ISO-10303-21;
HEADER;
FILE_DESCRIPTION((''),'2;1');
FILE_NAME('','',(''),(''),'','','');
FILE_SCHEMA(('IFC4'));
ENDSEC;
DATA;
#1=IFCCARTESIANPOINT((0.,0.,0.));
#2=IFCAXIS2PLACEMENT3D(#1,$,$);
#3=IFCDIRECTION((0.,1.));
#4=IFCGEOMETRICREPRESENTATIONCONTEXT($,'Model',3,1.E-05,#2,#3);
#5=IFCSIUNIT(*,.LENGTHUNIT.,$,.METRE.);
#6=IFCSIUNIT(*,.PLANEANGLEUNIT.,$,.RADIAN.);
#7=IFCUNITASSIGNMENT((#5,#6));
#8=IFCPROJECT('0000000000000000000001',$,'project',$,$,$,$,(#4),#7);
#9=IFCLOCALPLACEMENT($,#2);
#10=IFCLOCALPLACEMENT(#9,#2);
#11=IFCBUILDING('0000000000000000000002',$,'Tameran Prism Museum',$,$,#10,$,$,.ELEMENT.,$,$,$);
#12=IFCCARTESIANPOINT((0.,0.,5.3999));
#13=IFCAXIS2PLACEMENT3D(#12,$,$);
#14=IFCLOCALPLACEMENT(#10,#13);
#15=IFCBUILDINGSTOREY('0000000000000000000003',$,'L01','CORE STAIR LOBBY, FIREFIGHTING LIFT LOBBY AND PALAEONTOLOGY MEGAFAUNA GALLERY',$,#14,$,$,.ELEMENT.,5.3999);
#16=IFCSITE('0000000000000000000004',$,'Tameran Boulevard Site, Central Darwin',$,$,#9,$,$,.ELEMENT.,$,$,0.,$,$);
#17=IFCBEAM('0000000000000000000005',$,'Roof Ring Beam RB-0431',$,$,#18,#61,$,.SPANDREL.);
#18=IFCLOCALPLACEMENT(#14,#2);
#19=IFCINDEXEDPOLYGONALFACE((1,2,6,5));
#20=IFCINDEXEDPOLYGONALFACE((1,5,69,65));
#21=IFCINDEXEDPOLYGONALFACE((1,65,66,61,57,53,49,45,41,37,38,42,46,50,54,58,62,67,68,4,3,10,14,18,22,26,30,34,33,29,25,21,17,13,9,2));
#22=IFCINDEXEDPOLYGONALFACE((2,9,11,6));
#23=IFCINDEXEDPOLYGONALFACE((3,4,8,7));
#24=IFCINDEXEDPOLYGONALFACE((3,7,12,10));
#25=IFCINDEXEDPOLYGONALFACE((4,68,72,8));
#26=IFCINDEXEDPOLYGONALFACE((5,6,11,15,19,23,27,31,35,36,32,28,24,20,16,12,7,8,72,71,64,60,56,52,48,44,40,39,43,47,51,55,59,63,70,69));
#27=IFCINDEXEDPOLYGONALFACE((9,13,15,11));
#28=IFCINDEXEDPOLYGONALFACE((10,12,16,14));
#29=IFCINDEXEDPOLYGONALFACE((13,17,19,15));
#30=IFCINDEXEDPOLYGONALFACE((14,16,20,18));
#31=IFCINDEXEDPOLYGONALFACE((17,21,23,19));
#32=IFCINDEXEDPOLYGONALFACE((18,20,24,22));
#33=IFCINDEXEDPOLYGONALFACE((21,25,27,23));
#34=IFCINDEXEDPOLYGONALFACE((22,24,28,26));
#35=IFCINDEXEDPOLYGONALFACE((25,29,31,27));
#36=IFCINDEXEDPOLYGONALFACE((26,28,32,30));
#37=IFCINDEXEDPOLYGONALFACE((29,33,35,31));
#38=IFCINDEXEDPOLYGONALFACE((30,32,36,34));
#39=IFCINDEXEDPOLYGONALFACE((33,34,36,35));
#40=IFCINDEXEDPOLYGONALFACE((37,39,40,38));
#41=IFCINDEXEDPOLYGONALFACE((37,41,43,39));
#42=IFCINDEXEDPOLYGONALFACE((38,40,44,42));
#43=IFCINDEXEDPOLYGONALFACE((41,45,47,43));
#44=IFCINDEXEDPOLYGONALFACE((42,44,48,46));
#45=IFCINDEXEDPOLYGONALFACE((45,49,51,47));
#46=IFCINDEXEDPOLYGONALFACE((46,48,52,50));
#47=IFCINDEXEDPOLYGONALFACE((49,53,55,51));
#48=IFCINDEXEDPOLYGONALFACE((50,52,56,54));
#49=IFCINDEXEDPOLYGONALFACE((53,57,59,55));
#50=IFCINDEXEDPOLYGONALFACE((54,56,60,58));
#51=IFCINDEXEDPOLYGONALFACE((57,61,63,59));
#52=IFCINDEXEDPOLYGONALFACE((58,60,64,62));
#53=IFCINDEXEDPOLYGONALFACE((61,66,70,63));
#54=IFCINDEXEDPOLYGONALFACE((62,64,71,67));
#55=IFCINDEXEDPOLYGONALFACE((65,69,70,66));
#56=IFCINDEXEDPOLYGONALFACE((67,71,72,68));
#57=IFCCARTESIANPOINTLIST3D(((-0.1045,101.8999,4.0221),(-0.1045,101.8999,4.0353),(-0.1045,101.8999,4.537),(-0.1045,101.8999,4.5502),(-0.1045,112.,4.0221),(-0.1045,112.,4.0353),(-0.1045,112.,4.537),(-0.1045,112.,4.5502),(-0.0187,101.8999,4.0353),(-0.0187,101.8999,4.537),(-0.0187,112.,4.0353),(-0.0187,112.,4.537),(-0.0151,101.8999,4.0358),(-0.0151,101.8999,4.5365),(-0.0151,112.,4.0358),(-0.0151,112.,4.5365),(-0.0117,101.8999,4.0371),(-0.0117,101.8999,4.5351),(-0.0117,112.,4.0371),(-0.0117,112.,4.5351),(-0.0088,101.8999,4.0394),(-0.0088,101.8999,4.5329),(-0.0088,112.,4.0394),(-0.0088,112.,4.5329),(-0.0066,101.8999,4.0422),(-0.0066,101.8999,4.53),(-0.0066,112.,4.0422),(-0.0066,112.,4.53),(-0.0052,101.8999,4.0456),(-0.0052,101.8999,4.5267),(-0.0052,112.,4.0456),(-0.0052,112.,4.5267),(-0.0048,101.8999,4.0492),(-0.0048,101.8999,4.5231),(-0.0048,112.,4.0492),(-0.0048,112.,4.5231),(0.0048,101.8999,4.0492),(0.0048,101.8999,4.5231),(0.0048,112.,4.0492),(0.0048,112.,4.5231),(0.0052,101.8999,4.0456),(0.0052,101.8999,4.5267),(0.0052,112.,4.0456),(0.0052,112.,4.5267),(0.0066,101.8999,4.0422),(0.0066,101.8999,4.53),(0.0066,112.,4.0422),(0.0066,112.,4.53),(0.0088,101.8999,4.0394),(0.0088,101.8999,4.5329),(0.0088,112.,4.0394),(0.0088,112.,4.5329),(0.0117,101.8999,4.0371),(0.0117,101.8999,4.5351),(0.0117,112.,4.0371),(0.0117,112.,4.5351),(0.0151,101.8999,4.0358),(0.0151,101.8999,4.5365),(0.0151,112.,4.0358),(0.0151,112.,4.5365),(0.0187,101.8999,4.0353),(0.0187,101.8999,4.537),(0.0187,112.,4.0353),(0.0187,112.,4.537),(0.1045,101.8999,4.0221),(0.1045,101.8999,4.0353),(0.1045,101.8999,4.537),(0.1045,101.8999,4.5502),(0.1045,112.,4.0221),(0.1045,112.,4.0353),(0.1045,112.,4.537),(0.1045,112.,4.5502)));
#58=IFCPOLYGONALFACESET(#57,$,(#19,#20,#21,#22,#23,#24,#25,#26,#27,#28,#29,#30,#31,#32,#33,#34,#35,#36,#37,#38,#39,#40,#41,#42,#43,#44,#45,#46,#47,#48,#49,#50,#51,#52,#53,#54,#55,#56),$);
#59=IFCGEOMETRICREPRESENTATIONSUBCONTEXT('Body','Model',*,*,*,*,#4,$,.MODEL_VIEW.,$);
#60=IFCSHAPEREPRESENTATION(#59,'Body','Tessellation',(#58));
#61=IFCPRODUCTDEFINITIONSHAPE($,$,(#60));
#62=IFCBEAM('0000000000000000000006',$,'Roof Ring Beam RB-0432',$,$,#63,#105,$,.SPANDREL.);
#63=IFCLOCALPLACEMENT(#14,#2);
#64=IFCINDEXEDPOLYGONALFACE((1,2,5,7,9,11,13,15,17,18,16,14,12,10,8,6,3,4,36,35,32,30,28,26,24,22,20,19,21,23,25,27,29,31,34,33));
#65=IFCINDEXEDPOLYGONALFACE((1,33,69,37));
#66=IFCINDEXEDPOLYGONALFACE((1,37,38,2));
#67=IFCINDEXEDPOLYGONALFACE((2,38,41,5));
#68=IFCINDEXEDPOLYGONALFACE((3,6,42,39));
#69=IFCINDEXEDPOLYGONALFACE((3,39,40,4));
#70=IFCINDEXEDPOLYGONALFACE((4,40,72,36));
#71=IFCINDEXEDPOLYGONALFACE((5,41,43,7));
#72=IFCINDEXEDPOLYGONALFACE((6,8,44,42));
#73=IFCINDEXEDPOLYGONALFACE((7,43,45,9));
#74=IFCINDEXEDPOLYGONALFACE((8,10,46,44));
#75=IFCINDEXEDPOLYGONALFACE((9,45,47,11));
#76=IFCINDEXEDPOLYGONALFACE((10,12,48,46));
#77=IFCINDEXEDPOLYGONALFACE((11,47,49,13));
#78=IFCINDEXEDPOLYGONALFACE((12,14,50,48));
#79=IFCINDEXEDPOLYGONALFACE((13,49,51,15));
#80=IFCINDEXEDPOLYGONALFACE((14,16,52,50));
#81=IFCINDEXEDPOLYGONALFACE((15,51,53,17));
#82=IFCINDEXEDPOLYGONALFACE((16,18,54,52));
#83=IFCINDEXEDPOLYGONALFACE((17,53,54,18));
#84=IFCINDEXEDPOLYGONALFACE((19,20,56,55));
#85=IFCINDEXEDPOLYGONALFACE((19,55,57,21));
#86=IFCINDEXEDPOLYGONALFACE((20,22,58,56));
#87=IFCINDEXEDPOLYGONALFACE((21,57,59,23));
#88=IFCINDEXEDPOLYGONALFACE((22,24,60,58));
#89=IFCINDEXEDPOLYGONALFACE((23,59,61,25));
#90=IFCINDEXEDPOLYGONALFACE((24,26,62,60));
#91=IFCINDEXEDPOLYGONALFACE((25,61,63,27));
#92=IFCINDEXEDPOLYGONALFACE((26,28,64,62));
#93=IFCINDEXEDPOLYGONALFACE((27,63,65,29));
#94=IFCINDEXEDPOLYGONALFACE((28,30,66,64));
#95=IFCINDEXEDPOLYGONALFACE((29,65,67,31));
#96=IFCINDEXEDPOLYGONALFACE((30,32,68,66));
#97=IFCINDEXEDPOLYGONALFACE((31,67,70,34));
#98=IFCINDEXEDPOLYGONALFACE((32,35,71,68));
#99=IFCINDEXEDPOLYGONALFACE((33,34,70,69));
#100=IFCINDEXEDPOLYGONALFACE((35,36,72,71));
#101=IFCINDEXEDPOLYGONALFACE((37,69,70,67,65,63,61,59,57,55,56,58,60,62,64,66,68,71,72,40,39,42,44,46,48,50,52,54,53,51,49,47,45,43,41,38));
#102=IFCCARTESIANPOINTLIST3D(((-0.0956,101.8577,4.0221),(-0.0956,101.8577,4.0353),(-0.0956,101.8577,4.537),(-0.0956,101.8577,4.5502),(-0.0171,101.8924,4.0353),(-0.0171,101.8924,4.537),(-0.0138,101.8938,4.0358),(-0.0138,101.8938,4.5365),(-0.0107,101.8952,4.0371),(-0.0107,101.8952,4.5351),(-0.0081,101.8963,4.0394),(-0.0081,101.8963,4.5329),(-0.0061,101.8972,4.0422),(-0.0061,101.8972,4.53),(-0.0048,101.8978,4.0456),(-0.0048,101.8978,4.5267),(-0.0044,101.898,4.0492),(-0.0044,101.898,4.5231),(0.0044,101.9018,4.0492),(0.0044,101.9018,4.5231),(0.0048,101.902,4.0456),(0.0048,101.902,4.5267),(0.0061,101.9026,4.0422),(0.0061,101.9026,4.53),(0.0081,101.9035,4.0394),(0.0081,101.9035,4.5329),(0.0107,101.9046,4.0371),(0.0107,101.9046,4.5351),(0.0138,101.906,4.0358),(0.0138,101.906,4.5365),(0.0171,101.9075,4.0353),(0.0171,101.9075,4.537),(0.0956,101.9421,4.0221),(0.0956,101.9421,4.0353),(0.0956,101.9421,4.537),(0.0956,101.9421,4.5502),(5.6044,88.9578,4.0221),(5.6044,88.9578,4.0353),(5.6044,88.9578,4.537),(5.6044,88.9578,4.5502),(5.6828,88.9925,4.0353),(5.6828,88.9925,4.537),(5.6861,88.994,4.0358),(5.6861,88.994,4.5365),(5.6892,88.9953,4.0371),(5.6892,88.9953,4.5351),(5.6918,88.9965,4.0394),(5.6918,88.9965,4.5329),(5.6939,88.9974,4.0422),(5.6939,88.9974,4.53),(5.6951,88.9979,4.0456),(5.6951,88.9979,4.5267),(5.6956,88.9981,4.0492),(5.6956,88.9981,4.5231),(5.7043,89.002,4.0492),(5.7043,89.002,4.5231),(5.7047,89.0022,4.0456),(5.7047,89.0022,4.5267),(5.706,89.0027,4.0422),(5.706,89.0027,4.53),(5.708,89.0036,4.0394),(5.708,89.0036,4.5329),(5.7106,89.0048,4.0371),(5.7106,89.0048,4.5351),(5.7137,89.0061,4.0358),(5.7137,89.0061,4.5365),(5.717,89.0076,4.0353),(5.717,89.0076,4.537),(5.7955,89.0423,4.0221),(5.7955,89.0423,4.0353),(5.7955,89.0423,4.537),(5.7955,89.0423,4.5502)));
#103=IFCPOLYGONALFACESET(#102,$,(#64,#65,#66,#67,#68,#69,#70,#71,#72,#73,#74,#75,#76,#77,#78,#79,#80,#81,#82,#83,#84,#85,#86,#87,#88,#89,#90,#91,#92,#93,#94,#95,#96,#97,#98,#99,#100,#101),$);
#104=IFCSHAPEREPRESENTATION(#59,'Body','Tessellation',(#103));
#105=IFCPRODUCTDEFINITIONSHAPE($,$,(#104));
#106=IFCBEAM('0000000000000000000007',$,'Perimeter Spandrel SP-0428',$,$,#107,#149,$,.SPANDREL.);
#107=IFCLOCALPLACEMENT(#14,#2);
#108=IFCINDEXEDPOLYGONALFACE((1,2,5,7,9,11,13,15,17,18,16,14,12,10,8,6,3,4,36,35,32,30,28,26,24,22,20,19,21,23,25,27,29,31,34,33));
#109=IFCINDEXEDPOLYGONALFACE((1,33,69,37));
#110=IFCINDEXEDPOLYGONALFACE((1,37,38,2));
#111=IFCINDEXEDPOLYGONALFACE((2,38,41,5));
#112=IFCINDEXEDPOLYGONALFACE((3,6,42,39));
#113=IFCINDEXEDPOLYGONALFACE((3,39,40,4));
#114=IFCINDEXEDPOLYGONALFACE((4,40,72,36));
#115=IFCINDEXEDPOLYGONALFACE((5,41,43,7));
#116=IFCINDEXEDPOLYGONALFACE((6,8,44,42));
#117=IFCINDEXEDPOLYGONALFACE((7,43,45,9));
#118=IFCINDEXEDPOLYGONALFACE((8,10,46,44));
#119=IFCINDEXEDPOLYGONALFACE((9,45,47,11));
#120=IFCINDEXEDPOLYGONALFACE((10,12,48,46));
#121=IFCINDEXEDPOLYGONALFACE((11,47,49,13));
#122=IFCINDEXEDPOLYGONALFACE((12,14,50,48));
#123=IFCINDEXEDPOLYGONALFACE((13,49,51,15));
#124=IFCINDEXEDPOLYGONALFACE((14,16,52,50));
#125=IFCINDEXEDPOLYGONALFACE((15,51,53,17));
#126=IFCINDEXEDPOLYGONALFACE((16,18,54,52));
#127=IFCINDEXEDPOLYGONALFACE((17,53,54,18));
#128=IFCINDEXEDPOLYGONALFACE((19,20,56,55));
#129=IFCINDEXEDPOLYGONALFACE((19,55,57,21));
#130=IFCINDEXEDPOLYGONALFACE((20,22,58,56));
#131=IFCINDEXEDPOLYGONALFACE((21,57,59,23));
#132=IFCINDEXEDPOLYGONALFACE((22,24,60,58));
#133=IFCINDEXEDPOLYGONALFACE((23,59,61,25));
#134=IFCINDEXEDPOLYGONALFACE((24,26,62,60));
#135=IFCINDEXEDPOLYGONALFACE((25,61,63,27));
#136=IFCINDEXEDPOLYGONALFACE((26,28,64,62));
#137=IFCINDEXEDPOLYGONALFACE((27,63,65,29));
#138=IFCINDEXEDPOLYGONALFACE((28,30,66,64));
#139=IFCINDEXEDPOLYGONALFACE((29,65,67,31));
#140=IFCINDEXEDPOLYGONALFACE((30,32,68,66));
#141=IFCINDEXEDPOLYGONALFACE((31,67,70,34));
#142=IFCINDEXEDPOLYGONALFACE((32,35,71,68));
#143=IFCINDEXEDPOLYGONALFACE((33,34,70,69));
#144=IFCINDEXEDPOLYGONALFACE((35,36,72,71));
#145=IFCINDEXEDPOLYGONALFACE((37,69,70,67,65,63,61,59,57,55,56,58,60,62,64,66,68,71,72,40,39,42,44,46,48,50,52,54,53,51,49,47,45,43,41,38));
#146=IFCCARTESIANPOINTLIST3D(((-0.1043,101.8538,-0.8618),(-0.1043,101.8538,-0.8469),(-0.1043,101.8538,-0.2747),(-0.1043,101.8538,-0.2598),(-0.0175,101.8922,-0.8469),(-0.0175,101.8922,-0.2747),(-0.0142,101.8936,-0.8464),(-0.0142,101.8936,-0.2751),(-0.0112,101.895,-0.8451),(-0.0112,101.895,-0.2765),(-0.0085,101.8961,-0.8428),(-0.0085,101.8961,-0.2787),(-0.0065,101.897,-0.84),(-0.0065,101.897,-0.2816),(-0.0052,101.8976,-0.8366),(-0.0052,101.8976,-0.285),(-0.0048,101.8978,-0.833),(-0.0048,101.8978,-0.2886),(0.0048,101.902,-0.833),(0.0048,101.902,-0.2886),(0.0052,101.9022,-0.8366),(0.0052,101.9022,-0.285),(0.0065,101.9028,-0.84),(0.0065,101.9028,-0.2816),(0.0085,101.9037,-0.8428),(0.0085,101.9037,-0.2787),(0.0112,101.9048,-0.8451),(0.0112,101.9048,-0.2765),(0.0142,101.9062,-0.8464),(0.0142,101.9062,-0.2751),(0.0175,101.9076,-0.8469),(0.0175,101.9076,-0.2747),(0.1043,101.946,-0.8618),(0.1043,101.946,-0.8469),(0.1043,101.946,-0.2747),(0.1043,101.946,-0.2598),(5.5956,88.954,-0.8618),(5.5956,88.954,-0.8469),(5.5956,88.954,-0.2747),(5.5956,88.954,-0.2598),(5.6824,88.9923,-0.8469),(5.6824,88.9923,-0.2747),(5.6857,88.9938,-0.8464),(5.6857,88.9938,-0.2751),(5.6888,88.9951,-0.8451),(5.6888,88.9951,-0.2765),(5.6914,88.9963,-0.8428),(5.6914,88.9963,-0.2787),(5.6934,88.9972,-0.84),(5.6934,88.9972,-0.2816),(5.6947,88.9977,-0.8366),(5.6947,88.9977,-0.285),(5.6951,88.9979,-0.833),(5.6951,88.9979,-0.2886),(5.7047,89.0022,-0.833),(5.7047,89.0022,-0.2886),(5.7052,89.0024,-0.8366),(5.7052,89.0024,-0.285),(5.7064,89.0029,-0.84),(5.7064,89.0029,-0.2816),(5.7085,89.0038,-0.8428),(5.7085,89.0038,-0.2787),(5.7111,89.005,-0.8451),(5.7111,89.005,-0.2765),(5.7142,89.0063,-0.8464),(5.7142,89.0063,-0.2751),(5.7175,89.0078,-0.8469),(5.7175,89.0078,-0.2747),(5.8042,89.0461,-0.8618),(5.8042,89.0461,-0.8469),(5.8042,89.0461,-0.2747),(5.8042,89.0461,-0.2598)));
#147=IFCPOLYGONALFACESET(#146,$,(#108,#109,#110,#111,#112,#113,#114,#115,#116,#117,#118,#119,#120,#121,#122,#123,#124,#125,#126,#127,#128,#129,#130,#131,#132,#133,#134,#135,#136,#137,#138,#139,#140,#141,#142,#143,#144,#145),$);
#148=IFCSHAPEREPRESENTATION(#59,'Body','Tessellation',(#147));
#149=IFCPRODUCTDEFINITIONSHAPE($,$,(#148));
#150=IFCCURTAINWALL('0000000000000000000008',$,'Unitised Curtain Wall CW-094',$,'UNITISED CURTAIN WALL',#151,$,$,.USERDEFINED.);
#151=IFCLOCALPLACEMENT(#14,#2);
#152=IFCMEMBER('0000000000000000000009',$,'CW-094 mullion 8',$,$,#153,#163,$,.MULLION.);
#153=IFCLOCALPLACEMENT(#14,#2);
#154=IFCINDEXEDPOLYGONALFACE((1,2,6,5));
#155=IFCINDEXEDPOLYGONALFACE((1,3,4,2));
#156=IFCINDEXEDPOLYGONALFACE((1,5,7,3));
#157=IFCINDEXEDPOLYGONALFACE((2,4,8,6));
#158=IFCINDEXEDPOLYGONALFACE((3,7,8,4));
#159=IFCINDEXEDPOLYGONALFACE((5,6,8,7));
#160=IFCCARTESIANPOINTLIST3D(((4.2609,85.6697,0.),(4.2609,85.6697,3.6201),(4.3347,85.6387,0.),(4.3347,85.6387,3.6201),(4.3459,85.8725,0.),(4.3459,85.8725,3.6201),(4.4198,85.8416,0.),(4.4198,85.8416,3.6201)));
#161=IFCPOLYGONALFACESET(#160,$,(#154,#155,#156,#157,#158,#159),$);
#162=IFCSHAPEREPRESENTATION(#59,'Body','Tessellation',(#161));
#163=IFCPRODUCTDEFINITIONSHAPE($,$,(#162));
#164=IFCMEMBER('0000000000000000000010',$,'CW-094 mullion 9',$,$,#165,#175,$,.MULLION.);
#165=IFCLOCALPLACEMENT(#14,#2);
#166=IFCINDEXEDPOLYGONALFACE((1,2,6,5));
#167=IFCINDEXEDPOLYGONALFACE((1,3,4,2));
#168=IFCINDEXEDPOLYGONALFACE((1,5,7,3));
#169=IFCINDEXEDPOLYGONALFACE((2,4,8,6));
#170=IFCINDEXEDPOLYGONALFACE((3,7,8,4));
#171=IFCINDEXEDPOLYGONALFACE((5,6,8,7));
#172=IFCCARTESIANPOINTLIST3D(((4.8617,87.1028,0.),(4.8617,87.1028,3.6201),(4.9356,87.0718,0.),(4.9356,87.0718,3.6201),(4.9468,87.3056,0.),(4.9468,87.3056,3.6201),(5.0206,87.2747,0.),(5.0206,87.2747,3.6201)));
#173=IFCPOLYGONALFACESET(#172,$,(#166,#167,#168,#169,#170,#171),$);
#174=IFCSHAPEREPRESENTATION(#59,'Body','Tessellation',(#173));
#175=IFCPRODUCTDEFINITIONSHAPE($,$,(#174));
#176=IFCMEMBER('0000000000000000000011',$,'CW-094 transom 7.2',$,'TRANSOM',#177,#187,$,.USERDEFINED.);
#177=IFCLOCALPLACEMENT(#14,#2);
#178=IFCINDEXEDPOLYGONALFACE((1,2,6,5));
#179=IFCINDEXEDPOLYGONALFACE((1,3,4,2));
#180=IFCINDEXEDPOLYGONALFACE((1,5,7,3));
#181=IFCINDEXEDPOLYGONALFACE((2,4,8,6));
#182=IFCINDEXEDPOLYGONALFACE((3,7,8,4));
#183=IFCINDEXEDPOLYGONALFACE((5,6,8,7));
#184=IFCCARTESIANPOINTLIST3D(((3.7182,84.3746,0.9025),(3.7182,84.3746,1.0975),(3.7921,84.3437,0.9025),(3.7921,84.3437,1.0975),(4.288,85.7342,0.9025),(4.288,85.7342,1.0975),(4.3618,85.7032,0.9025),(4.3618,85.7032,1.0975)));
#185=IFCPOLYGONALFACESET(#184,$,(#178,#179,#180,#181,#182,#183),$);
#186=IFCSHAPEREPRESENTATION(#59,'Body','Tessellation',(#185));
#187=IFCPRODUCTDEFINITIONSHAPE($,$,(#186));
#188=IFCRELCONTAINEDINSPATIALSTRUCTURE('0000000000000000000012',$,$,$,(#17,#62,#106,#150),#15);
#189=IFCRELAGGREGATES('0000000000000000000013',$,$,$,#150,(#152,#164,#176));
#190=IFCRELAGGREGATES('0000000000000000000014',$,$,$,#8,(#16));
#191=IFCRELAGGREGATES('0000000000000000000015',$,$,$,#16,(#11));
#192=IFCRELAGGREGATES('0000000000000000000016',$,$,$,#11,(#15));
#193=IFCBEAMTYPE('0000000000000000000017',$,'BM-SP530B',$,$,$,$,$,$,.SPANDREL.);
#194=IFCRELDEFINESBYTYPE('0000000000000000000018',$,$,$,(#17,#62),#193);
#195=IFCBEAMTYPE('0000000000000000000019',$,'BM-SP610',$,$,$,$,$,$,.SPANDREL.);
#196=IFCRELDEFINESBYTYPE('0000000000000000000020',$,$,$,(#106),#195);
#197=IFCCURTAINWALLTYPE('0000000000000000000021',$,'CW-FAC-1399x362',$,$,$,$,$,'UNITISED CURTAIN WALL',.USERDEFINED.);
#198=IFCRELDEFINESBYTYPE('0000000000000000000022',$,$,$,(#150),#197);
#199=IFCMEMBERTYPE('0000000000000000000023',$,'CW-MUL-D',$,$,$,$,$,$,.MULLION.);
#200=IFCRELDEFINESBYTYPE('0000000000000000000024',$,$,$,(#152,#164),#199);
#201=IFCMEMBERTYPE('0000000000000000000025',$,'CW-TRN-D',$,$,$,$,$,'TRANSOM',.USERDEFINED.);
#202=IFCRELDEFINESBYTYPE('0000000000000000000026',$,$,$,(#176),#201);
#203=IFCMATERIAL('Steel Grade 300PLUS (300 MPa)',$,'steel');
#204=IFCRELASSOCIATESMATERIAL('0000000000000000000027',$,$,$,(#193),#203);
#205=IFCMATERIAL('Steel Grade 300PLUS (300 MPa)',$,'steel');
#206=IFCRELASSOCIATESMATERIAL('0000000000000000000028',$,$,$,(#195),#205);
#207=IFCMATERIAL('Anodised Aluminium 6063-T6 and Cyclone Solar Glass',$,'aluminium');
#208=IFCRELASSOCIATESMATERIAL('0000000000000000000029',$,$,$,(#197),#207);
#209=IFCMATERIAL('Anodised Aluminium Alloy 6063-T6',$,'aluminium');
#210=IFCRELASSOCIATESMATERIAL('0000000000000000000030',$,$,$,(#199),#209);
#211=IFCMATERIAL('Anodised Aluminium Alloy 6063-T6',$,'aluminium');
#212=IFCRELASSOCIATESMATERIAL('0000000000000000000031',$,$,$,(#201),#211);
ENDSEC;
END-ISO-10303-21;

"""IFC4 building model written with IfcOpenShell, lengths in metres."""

from ifc_helpers import new_model, si_unit, direction, frame, origin, origin_2d, place, context, subcontext, project, spatial, rectangle, i_section, extrude, material, material_profile, profile_set, type_object, element, aggregate, save


model = new_model("IFC4")

# Units and contexts
model_context = context("Model", 3, precision=1e-05, world=origin(), true_north=direction((0.0, 1.0)))
body_context = subcontext(model_context, "Body", "Model", "MODEL_VIEW")
ifc_project = project(units=[si_unit("LENGTHUNIT", "METRE"), si_unit("PLANEANGLEUNIT", "RADIAN")], contexts=[model_context])

# Site, building, storey
site_placement = place(None, origin())
site = spatial("IfcSite", under=ifc_project, at=site_placement, Name="Tameran Boulevard Site, Central Darwin", CompositionType="ELEMENT", RefElevation=0.0)
building_placement = place(site_placement, origin())
building = spatial("IfcBuilding", under=site, at=building_placement, Name="Tameran Prism Museum", CompositionType="ELEMENT")
storey_placement = place(building_placement, frame((0.0, 0.0, 5.3999)))
storey = spatial("IfcBuildingStorey", under=building, at=storey_placement, Name="L01", Description="CORE STAIR LOBBY, FIREFIGHTING LIFT LOBBY AND PALAEONTOLOGY MEGAFAUNA GALLERY", CompositionType="ELEMENT", Elevation=5.3999)

# Beams
ifc_material_1 = material(Name="Steel Grade 300PLUS (300 MPa)", Category="steel")
ifc_material_profile_1 = material_profile(ifc_material_1, i_section(OverallWidth=0.209, OverallDepth=0.5281, WebThickness=0.0095, FlangeThickness=0.0132, FilletRadius=0.0139, at=origin_2d()))
ifc_profile_set_1 = profile_set([ifc_material_profile_1])
beam_type_1 = type_object("IfcBeamType", Name="BM-SP530B", PredefinedType="SPANDREL", material=ifc_profile_set_1)
beam_1_placement = place(storey_placement, frame((0.0, 112.0, 4.2861), z_axis=(0.0, -1.0, 0.0), x_axis=(1.0, 0.0, 0.0)))
element("IfcBeam", 1, at=beam_1_placement, inside=storey, type_object=beam_type_1, Name="Roof Ring Beam RB-0431", PredefinedType="SPANDREL", context=body_context, shape_type="SweptSolid", body=[
    extrude(i_section(OverallWidth=0.209, OverallDepth=0.5281, WebThickness=0.0095, FlangeThickness=0.0132, FilletRadius=0.0139, at=origin_2d()), origin(), (0.0, 0.0, 1.0), 10.1001),
])
beam_2_placement = place(storey_placement, frame((0.0, 101.8999, 4.2861), z_axis=(0.404164, -0.914687, 0.0), x_axis=(0.914687, 0.404164, 0.0)))
element("IfcBeam", 2, at=beam_2_placement, inside=storey, type_object=beam_type_1, Name="Roof Ring Beam RB-0432", PredefinedType="SPANDREL", context=body_context, shape_type="SweptSolid", body=[
    extrude(i_section(OverallWidth=0.209, OverallDepth=0.5281, WebThickness=0.0095, FlangeThickness=0.0132, FilletRadius=0.0139, at=origin_2d()), origin(), (0.0, 0.0, 1.0), 14.103),
])
ifc_material_2 = material(Name="Steel Grade 300PLUS (300 MPa)", Category="steel")
ifc_material_profile_2 = material_profile(ifc_material_2, i_section(OverallWidth=0.228, OverallDepth=0.6021, WebThickness=0.0105, FlangeThickness=0.0149, FilletRadius=0.0139, at=origin_2d()))
ifc_profile_set_2 = profile_set([ifc_material_profile_2])
beam_type_2 = type_object("IfcBeamType", Name="BM-SP610", PredefinedType="SPANDREL", material=ifc_profile_set_2)
beam_3_placement = place(storey_placement, frame((0.0, 101.8999, -0.5608), z_axis=(0.404164, -0.914687, 0.0), x_axis=(0.914687, 0.404164, 0.0)))
element("IfcBeam", 3, at=beam_3_placement, inside=storey, type_object=beam_type_2, Name="Perimeter Spandrel SP-0428", PredefinedType="SPANDREL", context=body_context, shape_type="SweptSolid", body=[
    extrude(i_section(OverallWidth=0.228, OverallDepth=0.6021, WebThickness=0.0105, FlangeThickness=0.0149, FilletRadius=0.0139, at=origin_2d()), origin(), (0.0, 0.0, 1.0), 14.103),
])

# Curtain wall, members
ifc_material_3 = material(Name="Anodised Aluminium 6063-T6 and Cyclone Solar Glass", Category="aluminium")
curtain_wall_type = type_object("IfcCurtainWallType", Name="CW-FAC-1399x362", ElementType="UNITISED CURTAIN WALL", PredefinedType="USERDEFINED", material=ifc_material_3)
curtain_wall_placement = place(storey_placement, origin())
curtain_wall = element("IfcCurtainWall", 4, at=curtain_wall_placement, inside=storey, type_object=curtain_wall_type, Name="Unitised Curtain Wall CW-094", ObjectType="UNITISED CURTAIN WALL", PredefinedType="USERDEFINED")
ifc_material_4 = material(Name="Anodised Aluminium Alloy 6063-T6", Category="aluminium")
ifc_material_profile_3 = material_profile(ifc_material_4, rectangle(XDim=0.0801, YDim=0.22, at=origin_2d()))
ifc_profile_set_3 = profile_set([ifc_material_profile_3])
member_type_1 = type_object("IfcMemberType", Name="CW-MUL-D", PredefinedType="MULLION", material=ifc_profile_set_3)
member_1_placement = place(storey_placement, frame((4.3403, 85.7556, 0.0), z_axis=(0.0, 0.0, 1.0), x_axis=(-0.922252, 0.386589, 0.0)))
member_1 = element("IfcMember", 5, at=member_1_placement, type_object=member_type_1, Name="CW-094 mullion 8", PredefinedType="MULLION", context=body_context, shape_type="SweptSolid", body=[
    extrude(rectangle(XDim=0.0801, YDim=0.22, at=origin_2d()), origin(), (0.0, 0.0, 1.0), 3.6201),
])
member_2_placement = place(storey_placement, frame((4.9412, 87.1887, 0.0), z_axis=(0.0, 0.0, 1.0), x_axis=(-0.922252, 0.386589, 0.0)))
member_2 = element("IfcMember", 6, at=member_2_placement, type_object=member_type_1, Name="CW-094 mullion 9", PredefinedType="MULLION", context=body_context, shape_type="SweptSolid", body=[
    extrude(rectangle(XDim=0.0801, YDim=0.22, at=origin_2d()), origin(), (0.0, 0.0, 1.0), 3.6201),
])
ifc_material_5 = material(Name="Anodised Aluminium Alloy 6063-T6", Category="aluminium")
ifc_material_profile_4 = material_profile(ifc_material_5, rectangle(XDim=0.0801, YDim=0.1951, at=origin_2d()))
ifc_profile_set_4 = profile_set([ifc_material_profile_4])
member_type_2 = type_object("IfcMemberType", Name="CW-TRN-D", ElementType="TRANSOM", PredefinedType="USERDEFINED", material=ifc_profile_set_4)
member_3_placement = place(storey_placement, frame((3.7551, 84.3591, 1.0), z_axis=(0.386531, 0.922276, 0.0), x_axis=(-0.922276, 0.386531, 0.0)))
member_3 = element("IfcMember", 7, at=member_3_placement, type_object=member_type_2, Name="CW-094 transom 7.2", ObjectType="TRANSOM", PredefinedType="USERDEFINED", context=body_context, shape_type="SweptSolid", body=[
    extrude(rectangle(XDim=0.0801, YDim=0.1951, at=origin_2d()), origin(), (0.0, 0.0, 1.0), 1.4741),
])
aggregate(curtain_wall, [member_1, member_2, member_3])

save(model, "model.ifc")
